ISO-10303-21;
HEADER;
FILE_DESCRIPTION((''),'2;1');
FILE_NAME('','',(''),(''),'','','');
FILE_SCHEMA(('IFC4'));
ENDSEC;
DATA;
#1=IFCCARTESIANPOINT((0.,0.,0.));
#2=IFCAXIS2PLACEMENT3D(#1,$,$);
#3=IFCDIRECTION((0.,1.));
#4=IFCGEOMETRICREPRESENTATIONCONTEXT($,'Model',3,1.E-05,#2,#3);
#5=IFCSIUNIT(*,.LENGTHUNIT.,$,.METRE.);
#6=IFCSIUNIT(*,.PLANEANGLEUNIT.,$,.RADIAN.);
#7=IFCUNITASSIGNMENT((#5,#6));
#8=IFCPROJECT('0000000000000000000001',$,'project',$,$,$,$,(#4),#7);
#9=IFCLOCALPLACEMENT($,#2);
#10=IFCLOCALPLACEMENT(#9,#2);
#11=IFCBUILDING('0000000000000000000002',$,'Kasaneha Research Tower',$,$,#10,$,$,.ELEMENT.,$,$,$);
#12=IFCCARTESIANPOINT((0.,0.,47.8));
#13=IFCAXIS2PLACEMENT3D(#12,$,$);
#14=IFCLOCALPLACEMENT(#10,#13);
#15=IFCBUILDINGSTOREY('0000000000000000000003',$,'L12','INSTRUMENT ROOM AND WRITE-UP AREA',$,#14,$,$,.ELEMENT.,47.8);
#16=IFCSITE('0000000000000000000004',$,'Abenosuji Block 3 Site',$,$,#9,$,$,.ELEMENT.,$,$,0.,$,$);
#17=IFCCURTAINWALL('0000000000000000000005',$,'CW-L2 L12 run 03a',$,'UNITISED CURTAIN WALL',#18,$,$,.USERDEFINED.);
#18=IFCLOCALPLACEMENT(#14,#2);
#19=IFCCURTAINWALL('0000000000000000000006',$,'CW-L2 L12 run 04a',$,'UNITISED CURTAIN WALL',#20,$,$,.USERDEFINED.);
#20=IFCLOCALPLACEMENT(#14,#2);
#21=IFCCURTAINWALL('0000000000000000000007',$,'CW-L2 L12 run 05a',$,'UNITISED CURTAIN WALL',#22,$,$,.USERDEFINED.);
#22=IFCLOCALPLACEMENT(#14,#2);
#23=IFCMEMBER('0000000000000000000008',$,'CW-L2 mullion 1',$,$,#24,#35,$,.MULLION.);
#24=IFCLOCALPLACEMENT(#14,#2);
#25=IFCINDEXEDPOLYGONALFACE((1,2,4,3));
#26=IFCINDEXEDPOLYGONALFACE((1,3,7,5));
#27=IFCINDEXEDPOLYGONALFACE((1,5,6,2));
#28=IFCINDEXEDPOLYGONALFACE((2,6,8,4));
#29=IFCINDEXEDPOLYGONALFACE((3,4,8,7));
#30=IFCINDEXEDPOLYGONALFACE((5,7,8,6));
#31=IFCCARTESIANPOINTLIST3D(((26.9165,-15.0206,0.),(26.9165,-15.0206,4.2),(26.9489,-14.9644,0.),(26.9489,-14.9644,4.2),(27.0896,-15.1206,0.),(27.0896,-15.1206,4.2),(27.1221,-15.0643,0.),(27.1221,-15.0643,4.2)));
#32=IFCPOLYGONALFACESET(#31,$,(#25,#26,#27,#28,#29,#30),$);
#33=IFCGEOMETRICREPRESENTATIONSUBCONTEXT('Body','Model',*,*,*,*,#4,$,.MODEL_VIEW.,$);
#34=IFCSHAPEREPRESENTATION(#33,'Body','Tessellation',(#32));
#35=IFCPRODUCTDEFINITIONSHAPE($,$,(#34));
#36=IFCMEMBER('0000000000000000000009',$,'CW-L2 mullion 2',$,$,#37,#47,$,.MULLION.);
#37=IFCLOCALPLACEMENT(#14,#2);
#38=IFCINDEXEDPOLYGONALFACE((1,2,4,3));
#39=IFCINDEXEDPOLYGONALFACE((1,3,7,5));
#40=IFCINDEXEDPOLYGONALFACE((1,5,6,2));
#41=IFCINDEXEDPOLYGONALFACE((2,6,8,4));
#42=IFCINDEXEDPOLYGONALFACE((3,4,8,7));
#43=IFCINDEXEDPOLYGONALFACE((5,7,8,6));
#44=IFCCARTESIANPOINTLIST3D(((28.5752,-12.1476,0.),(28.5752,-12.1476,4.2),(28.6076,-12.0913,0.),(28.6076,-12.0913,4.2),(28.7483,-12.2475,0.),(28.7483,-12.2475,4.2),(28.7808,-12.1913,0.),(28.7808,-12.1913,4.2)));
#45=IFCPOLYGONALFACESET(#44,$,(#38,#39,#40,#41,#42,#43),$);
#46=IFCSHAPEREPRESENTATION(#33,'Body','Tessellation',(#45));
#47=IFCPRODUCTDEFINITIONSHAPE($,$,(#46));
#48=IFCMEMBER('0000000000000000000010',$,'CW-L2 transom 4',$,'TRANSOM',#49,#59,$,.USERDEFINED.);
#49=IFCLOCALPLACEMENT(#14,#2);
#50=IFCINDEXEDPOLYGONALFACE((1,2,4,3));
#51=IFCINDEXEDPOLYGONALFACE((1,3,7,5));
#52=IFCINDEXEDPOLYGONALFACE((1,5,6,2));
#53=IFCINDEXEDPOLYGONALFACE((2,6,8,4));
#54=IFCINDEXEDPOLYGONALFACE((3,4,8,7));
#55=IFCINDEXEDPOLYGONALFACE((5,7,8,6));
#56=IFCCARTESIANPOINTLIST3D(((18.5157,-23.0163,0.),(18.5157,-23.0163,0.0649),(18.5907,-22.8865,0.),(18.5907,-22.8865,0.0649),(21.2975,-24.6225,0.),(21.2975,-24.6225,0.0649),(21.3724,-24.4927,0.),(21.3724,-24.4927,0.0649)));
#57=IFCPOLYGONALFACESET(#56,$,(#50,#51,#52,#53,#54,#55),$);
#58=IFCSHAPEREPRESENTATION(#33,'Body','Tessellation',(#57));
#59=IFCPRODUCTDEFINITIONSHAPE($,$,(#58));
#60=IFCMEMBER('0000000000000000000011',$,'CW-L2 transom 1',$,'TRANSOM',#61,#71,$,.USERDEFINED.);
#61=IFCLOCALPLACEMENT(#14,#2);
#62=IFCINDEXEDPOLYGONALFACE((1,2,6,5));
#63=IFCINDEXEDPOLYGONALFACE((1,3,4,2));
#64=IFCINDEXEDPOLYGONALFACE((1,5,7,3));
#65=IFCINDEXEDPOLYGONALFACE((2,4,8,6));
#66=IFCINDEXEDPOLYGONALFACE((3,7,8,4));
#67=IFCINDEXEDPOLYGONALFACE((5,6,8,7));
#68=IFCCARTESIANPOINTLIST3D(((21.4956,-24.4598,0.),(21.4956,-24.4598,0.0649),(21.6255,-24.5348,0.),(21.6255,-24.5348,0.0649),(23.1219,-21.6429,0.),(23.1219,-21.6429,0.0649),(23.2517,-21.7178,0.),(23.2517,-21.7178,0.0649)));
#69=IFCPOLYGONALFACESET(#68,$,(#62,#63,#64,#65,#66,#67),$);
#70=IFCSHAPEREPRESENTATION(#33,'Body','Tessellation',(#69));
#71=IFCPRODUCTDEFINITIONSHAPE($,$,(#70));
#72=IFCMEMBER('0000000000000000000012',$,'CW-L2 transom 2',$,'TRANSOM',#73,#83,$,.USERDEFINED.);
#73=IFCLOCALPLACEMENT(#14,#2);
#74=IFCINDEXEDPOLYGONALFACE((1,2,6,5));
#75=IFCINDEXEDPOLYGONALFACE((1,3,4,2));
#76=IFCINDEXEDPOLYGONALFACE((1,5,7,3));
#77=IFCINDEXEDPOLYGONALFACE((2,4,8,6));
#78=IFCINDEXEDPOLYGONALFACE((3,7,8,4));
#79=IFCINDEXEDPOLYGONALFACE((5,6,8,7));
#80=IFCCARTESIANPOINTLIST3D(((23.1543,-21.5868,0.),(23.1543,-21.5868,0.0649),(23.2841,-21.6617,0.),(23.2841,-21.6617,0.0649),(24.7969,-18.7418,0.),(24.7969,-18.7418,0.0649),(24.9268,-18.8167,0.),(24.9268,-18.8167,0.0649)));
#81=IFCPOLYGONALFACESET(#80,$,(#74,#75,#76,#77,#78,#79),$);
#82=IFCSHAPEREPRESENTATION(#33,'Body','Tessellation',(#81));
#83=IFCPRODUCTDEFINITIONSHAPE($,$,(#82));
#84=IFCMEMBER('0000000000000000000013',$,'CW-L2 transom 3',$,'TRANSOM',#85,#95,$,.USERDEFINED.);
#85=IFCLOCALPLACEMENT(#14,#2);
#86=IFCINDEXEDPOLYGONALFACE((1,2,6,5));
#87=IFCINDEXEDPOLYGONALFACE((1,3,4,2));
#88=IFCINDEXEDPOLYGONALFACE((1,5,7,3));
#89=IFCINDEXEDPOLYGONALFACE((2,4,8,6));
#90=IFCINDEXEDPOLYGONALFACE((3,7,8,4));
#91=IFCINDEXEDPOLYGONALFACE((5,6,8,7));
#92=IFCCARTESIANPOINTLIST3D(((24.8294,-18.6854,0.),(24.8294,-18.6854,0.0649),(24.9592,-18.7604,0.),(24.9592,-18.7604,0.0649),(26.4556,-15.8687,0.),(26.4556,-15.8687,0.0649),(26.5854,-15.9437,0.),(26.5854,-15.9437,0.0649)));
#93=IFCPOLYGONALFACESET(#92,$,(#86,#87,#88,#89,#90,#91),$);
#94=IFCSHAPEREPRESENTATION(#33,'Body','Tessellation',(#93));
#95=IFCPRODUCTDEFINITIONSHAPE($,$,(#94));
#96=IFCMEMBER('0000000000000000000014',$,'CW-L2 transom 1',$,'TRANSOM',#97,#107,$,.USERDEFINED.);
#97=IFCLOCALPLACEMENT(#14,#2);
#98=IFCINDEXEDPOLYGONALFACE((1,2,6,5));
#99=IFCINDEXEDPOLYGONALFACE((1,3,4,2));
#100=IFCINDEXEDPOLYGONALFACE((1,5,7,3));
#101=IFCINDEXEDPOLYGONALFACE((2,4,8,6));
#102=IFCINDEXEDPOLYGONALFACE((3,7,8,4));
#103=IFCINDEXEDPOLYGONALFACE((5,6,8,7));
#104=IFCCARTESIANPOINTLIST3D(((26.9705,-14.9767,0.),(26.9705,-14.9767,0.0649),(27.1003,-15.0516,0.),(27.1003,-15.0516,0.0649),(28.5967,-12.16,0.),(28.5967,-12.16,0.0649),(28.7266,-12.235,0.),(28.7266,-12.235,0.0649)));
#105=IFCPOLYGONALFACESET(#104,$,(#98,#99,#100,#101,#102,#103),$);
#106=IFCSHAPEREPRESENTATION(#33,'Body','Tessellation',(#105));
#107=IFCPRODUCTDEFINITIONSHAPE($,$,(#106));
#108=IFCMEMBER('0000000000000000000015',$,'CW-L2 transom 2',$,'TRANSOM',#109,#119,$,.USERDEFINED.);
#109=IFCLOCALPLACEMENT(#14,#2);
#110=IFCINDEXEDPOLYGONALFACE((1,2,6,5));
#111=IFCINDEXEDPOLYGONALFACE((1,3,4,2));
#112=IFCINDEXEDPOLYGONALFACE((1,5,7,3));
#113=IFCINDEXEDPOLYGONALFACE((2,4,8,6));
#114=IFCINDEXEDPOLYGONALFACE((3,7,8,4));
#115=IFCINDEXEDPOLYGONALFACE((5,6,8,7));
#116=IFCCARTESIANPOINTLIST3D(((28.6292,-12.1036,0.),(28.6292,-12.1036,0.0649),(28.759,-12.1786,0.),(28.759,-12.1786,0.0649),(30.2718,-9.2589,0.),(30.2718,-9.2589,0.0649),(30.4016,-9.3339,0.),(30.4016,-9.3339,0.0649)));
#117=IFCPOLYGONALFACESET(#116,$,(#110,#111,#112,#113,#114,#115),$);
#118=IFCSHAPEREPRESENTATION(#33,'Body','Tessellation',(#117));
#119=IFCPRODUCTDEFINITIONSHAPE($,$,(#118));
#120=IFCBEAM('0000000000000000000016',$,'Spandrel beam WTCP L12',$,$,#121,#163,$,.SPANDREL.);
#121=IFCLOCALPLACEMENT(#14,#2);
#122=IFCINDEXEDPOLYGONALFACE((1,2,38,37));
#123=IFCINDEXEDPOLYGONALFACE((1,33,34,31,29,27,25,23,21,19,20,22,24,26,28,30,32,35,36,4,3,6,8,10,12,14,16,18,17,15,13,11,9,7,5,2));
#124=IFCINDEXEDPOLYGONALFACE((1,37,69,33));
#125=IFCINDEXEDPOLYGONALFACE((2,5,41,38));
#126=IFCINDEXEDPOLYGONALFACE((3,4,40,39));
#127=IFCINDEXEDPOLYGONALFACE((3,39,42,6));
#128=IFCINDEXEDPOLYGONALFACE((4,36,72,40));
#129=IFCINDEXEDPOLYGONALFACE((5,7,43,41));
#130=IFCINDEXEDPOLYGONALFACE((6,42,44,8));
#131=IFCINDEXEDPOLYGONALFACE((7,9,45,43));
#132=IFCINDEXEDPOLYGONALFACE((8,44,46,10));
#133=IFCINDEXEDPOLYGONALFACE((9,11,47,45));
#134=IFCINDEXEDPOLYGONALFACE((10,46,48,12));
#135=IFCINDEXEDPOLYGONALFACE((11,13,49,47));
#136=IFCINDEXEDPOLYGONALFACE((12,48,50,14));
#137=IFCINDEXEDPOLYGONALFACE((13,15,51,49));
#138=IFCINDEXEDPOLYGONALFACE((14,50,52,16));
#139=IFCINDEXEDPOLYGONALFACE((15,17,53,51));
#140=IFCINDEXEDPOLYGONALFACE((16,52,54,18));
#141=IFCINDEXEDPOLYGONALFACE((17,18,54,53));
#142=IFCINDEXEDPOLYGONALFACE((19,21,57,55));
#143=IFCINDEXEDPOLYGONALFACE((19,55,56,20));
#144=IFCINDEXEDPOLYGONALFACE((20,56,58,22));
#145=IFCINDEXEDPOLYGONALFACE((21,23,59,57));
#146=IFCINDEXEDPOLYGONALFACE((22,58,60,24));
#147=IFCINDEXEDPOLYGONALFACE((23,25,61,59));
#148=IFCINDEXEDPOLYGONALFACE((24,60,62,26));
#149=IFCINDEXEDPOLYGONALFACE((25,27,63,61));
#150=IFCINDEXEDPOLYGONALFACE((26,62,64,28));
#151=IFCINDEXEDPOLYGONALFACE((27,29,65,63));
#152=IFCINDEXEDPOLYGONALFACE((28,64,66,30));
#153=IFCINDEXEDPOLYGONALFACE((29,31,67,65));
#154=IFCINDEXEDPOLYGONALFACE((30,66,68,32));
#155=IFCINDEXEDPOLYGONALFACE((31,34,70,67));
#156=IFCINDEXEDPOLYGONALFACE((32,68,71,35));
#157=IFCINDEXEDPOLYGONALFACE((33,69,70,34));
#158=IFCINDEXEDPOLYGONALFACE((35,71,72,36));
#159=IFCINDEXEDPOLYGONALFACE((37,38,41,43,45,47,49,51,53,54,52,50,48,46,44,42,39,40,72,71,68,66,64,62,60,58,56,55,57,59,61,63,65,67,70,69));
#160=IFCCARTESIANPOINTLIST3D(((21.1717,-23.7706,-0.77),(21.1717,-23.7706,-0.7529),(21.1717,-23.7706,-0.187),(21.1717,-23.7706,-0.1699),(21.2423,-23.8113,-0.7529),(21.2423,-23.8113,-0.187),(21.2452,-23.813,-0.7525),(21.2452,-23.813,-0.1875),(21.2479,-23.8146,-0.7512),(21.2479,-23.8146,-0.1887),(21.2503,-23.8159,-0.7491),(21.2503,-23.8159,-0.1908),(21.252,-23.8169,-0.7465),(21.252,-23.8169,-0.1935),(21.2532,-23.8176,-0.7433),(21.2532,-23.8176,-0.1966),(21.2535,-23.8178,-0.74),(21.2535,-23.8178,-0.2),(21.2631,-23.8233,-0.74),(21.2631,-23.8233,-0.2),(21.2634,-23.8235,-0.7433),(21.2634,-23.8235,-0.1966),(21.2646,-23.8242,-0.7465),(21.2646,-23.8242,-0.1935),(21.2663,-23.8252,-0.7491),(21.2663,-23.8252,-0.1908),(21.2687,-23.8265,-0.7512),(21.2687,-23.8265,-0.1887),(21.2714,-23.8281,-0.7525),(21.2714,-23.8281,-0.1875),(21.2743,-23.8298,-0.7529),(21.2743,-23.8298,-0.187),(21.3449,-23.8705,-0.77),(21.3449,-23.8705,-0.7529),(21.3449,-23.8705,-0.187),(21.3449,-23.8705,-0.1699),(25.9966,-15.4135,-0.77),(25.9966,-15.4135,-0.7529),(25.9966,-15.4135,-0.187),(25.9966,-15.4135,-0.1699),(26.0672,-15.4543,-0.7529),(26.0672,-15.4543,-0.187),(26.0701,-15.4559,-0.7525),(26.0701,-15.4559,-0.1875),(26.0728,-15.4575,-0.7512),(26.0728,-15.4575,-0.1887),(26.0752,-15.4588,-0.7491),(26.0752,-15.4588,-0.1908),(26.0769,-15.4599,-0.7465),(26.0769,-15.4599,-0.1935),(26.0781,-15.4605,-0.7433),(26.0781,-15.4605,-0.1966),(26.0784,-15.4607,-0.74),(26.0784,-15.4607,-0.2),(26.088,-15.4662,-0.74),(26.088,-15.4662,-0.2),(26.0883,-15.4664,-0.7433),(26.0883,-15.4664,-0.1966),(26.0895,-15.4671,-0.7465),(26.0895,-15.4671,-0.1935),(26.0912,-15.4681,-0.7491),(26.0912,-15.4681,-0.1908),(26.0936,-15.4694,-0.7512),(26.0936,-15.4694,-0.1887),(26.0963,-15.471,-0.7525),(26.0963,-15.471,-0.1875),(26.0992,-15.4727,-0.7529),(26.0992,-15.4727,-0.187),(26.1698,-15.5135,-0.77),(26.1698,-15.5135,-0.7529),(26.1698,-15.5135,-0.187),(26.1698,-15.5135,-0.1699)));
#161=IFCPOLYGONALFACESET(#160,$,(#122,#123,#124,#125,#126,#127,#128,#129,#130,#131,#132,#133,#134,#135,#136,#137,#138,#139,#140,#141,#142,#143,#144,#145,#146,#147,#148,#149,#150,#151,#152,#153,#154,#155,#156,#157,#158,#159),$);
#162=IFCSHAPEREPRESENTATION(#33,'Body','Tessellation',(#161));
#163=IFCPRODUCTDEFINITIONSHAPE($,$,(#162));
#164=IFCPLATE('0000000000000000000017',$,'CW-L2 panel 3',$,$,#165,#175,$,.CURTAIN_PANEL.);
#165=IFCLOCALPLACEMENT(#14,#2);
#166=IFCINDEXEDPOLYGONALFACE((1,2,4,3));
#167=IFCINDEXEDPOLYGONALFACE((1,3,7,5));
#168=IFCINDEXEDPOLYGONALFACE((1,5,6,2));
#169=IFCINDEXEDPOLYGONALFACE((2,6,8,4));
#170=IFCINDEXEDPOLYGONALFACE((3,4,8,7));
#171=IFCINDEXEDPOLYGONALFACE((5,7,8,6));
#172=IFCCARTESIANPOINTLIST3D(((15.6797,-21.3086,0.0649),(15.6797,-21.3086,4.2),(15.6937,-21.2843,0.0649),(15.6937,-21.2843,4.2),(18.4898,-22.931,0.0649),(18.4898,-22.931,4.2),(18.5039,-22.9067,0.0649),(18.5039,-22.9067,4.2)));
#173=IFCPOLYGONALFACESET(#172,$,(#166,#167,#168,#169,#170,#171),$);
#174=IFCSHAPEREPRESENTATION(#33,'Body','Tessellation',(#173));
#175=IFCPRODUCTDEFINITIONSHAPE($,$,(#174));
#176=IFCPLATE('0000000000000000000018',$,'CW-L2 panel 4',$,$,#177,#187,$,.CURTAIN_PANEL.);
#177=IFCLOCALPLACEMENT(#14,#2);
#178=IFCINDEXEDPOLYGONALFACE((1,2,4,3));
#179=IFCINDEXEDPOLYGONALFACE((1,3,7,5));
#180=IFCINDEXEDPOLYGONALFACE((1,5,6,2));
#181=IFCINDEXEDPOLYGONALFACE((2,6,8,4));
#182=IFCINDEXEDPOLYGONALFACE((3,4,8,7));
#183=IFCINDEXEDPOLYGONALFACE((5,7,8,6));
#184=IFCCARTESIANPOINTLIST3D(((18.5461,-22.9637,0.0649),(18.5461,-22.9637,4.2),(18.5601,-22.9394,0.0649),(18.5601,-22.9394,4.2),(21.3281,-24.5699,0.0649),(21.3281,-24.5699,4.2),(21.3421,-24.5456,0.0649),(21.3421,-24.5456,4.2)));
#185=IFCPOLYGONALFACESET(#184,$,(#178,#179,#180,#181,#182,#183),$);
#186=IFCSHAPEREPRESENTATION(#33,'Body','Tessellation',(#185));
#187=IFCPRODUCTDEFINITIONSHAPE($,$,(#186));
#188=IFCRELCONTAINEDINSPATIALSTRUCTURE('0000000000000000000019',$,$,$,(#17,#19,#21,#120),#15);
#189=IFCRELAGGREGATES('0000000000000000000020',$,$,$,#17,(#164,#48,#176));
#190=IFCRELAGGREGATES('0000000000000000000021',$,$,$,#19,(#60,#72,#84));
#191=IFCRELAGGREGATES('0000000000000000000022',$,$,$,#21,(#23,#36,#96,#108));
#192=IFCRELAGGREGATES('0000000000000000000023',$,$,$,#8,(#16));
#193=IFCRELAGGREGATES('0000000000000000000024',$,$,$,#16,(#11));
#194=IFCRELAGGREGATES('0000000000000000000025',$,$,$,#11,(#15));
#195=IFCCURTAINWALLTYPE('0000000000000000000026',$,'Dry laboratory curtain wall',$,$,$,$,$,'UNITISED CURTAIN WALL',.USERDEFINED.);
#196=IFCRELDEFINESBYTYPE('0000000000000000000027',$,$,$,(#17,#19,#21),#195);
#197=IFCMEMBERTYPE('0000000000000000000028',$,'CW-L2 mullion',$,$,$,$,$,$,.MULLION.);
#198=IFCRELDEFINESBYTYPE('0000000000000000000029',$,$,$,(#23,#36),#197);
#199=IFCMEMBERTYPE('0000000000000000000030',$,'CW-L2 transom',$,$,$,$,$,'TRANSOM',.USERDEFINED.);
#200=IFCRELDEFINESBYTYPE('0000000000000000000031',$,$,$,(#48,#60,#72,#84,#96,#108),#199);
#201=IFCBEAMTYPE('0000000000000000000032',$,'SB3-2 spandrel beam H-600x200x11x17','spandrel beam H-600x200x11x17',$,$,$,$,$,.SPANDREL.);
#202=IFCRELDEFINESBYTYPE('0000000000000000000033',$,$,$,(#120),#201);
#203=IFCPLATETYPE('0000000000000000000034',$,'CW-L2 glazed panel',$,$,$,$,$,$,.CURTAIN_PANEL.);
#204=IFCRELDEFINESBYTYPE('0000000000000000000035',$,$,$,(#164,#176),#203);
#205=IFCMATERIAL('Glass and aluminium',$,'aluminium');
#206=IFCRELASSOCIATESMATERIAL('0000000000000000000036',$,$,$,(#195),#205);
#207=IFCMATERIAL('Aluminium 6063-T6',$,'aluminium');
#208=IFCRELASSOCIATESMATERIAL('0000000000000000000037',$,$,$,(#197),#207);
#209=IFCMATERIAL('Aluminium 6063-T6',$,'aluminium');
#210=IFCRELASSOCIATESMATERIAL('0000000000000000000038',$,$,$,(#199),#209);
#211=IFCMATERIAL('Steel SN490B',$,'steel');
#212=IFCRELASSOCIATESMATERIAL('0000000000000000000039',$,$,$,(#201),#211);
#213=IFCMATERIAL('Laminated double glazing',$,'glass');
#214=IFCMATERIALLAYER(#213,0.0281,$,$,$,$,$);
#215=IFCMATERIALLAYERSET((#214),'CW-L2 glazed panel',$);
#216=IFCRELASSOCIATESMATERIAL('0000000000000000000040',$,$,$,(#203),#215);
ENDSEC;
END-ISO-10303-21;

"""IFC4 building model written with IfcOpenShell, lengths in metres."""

from ifc_helpers import new_model, si_unit, direction, frame, origin, origin_2d, place, context, subcontext, project, spatial, rectangle, i_section, extrude, material, layer, layer_set, material_profile, profile_set, type_object, element, aggregate, save


model = new_model("IFC4")

# Units and contexts
model_context = context("Model", 3, precision=1e-05, world=origin(), true_north=direction((0.0, 1.0)))
body_context = subcontext(model_context, "Body", "Model", "MODEL_VIEW")
ifc_project = project(units=[si_unit("LENGTHUNIT", "METRE"), si_unit("PLANEANGLEUNIT", "RADIAN")], contexts=[model_context])

# Site, building, storey
site_placement = place(None, origin())
site = spatial("IfcSite", under=ifc_project, at=site_placement, Name="Abenosuji Block 3 Site", CompositionType="ELEMENT", RefElevation=0.0)
building_placement = place(site_placement, origin())
building = spatial("IfcBuilding", under=site, at=building_placement, Name="Kasaneha Research Tower", CompositionType="ELEMENT")
storey_placement = place(building_placement, frame((0.0, 0.0, 47.8)))
storey = spatial("IfcBuildingStorey", under=building, at=storey_placement, Name="L12", Description="INSTRUMENT ROOM AND WRITE-UP AREA", CompositionType="ELEMENT", Elevation=47.8)

# Curtain walls, members
ifc_material_1 = material(Name="Glass and aluminium", Category="aluminium")
curtain_wall_type = type_object("IfcCurtainWallType", Name="Dry laboratory curtain wall", ElementType="UNITISED CURTAIN WALL", PredefinedType="USERDEFINED", material=ifc_material_1)
curtain_wall_1_placement = place(storey_placement, origin())
curtain_wall_1 = element("IfcCurtainWall", 1, at=curtain_wall_1_placement, inside=storey, type_object=curtain_wall_type, Name="CW-L2 L12 run 03a", ObjectType="UNITISED CURTAIN WALL", PredefinedType="USERDEFINED")
ifc_material_2 = material(Name="Aluminium 6063-T6", Category="aluminium")
ifc_material_profile_1 = material_profile(ifc_material_2, rectangle(XDim=0.0649, YDim=0.2, at=origin_2d()), Name="CW-L2 mullion 65x200")
ifc_profile_set_1 = profile_set([ifc_material_profile_1], Name="Aluminium 6063-T6")
member_type_1 = type_object("IfcMemberType", Name="CW-L2 mullion", PredefinedType="MULLION", material=ifc_profile_set_1)
curtain_wall_2_placement = place(storey_placement, origin())
curtain_wall_2 = element("IfcCurtainWall", 2, at=curtain_wall_2_placement, inside=storey, type_object=curtain_wall_type, Name="CW-L2 L12 run 04a", ObjectType="UNITISED CURTAIN WALL", PredefinedType="USERDEFINED")
curtain_wall_3_placement = place(storey_placement, origin())
curtain_wall_3 = element("IfcCurtainWall", 3, at=curtain_wall_3_placement, inside=storey, type_object=curtain_wall_type, Name="CW-L2 L12 run 05a", ObjectType="UNITISED CURTAIN WALL", PredefinedType="USERDEFINED")
member_1_placement = place(storey_placement, frame((27.0193, -15.0425, 0.0), z_axis=(0.0, 0.0, 1.0), x_axis=(0.5, 0.866025, 0.0)))
member_1 = element("IfcMember", 4, at=member_1_placement, type_object=member_type_1, Name="CW-L2 mullion 1", PredefinedType="MULLION", context=body_context, shape_type="SweptSolid", body=[
    extrude(rectangle(XDim=0.0649, YDim=0.2, at=origin_2d()), origin(), (0.0, 0.0, 1.0), 4.2),
])
member_2_placement = place(storey_placement, frame((28.678, -12.1694, 0.0), z_axis=(0.0, 0.0, 1.0), x_axis=(0.5, 0.866025, 0.0)))
member_2 = element("IfcMember", 5, at=member_2_placement, type_object=member_type_1, Name="CW-L2 mullion 2", PredefinedType="MULLION", context=body_context, shape_type="SweptSolid", body=[
    extrude(rectangle(XDim=0.0649, YDim=0.2, at=origin_2d()), origin(), (0.0, 0.0, 1.0), 4.2),
])

# Members
ifc_material_3 = material(Name="Aluminium 6063-T6", Category="aluminium")
ifc_material_profile_2 = material_profile(ifc_material_3, rectangle(XDim=0.1499, YDim=0.0649, at=origin_2d()), Name="CW-L2 transom 150x65")
ifc_profile_set_2 = profile_set([ifc_material_profile_2], Name="Aluminium 6063-T6")
member_type_2 = type_object("IfcMemberType", Name="CW-L2 transom", ElementType="TRANSOM", PredefinedType="USERDEFINED", material=ifc_profile_set_2)
member_3_placement = place(storey_placement, frame((18.5532, -22.9514, 0.0325), z_axis=(0.866003, -0.500038, 0.0), x_axis=(0.500038, 0.866003, 0.0)))
member_3 = element("IfcMember", 6, at=member_3_placement, type_object=member_type_2, Name="CW-L2 transom 4", ObjectType="TRANSOM", PredefinedType="USERDEFINED", context=body_context, shape_type="SweptSolid", body=[
    extrude(rectangle(XDim=0.1499, YDim=0.0649, at=origin_2d()), origin(), (0.0, 0.0, 1.0), 3.2122),
])
member_4_placement = place(storey_placement, frame((21.5605, -24.4973, 0.0325), z_axis=(0.499974, 0.866041, 0.0), x_axis=(-0.866041, 0.499974, 0.0)))
member_4 = element("IfcMember", 7, at=member_4_placement, type_object=member_type_2, Name="CW-L2 transom 1", ObjectType="TRANSOM", PredefinedType="USERDEFINED", context=body_context, shape_type="SweptSolid", body=[
    extrude(rectangle(XDim=0.1499, YDim=0.0649, at=origin_2d()), origin(), (0.0, 0.0, 1.0), 3.2527),
])
member_5_placement = place(storey_placement, frame((23.2192, -21.6243, 0.0325), z_axis=(0.500008, 0.866021, 0.0), x_axis=(-0.866021, 0.500008, 0.0)))
member_5 = element("IfcMember", 8, at=member_5_placement, type_object=member_type_2, Name="CW-L2 transom 2", ObjectType="TRANSOM", PredefinedType="USERDEFINED", context=body_context, shape_type="SweptSolid", body=[
    extrude(rectangle(XDim=0.1499, YDim=0.0649, at=origin_2d()), origin(), (0.0, 0.0, 1.0), 3.2852),
])
member_6_placement = place(storey_placement, frame((24.8943, -18.7229, 0.0325), z_axis=(0.500006, 0.866022, 0.0), x_axis=(-0.866022, 0.500006, 0.0)))
member_6 = element("IfcMember", 9, at=member_6_placement, type_object=member_type_2, Name="CW-L2 transom 3", ObjectType="TRANSOM", PredefinedType="USERDEFINED", context=body_context, shape_type="SweptSolid", body=[
    extrude(rectangle(XDim=0.1499, YDim=0.0649, at=origin_2d()), origin(), (0.0, 0.0, 1.0), 3.2524),
])
member_7_placement = place(storey_placement, frame((27.0354, -15.0142, 0.0325), z_axis=(0.500006, 0.866022, 0.0), x_axis=(-0.866022, 0.500006, 0.0)))
member_7 = element("IfcMember", 10, at=member_7_placement, type_object=member_type_2, Name="CW-L2 transom 1", ObjectType="TRANSOM", PredefinedType="USERDEFINED", context=body_context, shape_type="SweptSolid", body=[
    extrude(rectangle(XDim=0.1499, YDim=0.0649, at=origin_2d()), origin(), (0.0, 0.0, 1.0), 3.2524),
])
member_8_placement = place(storey_placement, frame((28.6941, -12.1411, 0.0325), z_axis=(0.50004, 0.866002, 0.0), x_axis=(-0.866002, 0.50004, 0.0)))
member_8 = element("IfcMember", 11, at=member_8_placement, type_object=member_type_2, Name="CW-L2 transom 2", ObjectType="TRANSOM", PredefinedType="USERDEFINED", context=body_context, shape_type="SweptSolid", body=[
    extrude(rectangle(XDim=0.1499, YDim=0.0649, at=origin_2d()), origin(), (0.0, 0.0, 1.0), 3.2849),
])

# Beam
ifc_material_4 = material(Name="Steel SN490B", Category="steel")
ifc_material_profile_3 = material_profile(ifc_material_4, i_section(OverallWidth=0.2, OverallDepth=0.6001, WebThickness=0.011, FlangeThickness=0.0171, FilletRadius=0.0129, at=origin_2d()), Name="H-600x200x11x17")
ifc_profile_set_3 = profile_set([ifc_material_profile_3], Name="Steel SN490B")
beam_type_1 = type_object("IfcBeamType", Name="SB3-2 spandrel beam H-600x200x11x17", Description="spandrel beam H-600x200x11x17", PredefinedType="SPANDREL", material=ifc_profile_set_3)
beam_placement = place(storey_placement, frame((21.2583, -23.8206, -0.47), z_axis=(0.499995, 0.866028, 0.0), x_axis=(-0.866028, 0.499995, 0.0)))
element("IfcBeam", 12, at=beam_placement, inside=storey, type_object=beam_type_1, Name="Spandrel beam WTCP L12", PredefinedType="SPANDREL", context=body_context, shape_type="SweptSolid", body=[
    extrude(i_section(OverallWidth=0.2, OverallDepth=0.6001, WebThickness=0.011, FlangeThickness=0.0171, FilletRadius=0.0129, at=origin_2d()), origin(), (0.0, 0.0, 1.0), 9.6499),
])

# Plates
ifc_material_5 = material(Name="Laminated double glazing", Category="glass")
ifc_layer_1 = layer(ifc_material_5, 0.0281)
ifc_layer_set_1 = layer_set([ifc_layer_1], Name="CW-L2 glazed panel")
plate_type = type_object("IfcPlateType", Name="CW-L2 glazed panel", PredefinedType="CURTAIN_PANEL", material=ifc_layer_set_1)
plate_1_placement = place(storey_placement, frame((17.0918, -22.1077, 0.0649), z_axis=(0.0, 0.0, 1.0), x_axis=(0.866025, -0.5, 0.0)))
plate_1 = element("IfcPlate", 13, at=plate_1_placement, type_object=plate_type, Name="CW-L2 panel 3", PredefinedType="CURTAIN_PANEL", context=body_context, shape_type="SweptSolid", body=[
    extrude(rectangle(XDim=3.2449, YDim=0.0281, at=origin_2d()), origin(), (0.0, 0.0, 1.0), 4.135),
])
plate_2_placement = place(storey_placement, frame((19.9441, -23.7546, 0.0649), z_axis=(0.0, 0.0, 1.0), x_axis=(0.866025, -0.5, 0.0)))
plate_2 = element("IfcPlate", 14, at=plate_2_placement, type_object=plate_type, Name="CW-L2 panel 4", PredefinedType="CURTAIN_PANEL", context=body_context, shape_type="SweptSolid", body=[
    extrude(rectangle(XDim=3.2124, YDim=0.0281, at=origin_2d()), origin(), (0.0, 0.0, 1.0), 4.135),
])
aggregate(curtain_wall_1, [plate_1, member_3, plate_2])
aggregate(curtain_wall_2, [member_4, member_5, member_6])
aggregate(curtain_wall_3, [member_1, member_2, member_7, member_8])

save(model, "model.ifc")
